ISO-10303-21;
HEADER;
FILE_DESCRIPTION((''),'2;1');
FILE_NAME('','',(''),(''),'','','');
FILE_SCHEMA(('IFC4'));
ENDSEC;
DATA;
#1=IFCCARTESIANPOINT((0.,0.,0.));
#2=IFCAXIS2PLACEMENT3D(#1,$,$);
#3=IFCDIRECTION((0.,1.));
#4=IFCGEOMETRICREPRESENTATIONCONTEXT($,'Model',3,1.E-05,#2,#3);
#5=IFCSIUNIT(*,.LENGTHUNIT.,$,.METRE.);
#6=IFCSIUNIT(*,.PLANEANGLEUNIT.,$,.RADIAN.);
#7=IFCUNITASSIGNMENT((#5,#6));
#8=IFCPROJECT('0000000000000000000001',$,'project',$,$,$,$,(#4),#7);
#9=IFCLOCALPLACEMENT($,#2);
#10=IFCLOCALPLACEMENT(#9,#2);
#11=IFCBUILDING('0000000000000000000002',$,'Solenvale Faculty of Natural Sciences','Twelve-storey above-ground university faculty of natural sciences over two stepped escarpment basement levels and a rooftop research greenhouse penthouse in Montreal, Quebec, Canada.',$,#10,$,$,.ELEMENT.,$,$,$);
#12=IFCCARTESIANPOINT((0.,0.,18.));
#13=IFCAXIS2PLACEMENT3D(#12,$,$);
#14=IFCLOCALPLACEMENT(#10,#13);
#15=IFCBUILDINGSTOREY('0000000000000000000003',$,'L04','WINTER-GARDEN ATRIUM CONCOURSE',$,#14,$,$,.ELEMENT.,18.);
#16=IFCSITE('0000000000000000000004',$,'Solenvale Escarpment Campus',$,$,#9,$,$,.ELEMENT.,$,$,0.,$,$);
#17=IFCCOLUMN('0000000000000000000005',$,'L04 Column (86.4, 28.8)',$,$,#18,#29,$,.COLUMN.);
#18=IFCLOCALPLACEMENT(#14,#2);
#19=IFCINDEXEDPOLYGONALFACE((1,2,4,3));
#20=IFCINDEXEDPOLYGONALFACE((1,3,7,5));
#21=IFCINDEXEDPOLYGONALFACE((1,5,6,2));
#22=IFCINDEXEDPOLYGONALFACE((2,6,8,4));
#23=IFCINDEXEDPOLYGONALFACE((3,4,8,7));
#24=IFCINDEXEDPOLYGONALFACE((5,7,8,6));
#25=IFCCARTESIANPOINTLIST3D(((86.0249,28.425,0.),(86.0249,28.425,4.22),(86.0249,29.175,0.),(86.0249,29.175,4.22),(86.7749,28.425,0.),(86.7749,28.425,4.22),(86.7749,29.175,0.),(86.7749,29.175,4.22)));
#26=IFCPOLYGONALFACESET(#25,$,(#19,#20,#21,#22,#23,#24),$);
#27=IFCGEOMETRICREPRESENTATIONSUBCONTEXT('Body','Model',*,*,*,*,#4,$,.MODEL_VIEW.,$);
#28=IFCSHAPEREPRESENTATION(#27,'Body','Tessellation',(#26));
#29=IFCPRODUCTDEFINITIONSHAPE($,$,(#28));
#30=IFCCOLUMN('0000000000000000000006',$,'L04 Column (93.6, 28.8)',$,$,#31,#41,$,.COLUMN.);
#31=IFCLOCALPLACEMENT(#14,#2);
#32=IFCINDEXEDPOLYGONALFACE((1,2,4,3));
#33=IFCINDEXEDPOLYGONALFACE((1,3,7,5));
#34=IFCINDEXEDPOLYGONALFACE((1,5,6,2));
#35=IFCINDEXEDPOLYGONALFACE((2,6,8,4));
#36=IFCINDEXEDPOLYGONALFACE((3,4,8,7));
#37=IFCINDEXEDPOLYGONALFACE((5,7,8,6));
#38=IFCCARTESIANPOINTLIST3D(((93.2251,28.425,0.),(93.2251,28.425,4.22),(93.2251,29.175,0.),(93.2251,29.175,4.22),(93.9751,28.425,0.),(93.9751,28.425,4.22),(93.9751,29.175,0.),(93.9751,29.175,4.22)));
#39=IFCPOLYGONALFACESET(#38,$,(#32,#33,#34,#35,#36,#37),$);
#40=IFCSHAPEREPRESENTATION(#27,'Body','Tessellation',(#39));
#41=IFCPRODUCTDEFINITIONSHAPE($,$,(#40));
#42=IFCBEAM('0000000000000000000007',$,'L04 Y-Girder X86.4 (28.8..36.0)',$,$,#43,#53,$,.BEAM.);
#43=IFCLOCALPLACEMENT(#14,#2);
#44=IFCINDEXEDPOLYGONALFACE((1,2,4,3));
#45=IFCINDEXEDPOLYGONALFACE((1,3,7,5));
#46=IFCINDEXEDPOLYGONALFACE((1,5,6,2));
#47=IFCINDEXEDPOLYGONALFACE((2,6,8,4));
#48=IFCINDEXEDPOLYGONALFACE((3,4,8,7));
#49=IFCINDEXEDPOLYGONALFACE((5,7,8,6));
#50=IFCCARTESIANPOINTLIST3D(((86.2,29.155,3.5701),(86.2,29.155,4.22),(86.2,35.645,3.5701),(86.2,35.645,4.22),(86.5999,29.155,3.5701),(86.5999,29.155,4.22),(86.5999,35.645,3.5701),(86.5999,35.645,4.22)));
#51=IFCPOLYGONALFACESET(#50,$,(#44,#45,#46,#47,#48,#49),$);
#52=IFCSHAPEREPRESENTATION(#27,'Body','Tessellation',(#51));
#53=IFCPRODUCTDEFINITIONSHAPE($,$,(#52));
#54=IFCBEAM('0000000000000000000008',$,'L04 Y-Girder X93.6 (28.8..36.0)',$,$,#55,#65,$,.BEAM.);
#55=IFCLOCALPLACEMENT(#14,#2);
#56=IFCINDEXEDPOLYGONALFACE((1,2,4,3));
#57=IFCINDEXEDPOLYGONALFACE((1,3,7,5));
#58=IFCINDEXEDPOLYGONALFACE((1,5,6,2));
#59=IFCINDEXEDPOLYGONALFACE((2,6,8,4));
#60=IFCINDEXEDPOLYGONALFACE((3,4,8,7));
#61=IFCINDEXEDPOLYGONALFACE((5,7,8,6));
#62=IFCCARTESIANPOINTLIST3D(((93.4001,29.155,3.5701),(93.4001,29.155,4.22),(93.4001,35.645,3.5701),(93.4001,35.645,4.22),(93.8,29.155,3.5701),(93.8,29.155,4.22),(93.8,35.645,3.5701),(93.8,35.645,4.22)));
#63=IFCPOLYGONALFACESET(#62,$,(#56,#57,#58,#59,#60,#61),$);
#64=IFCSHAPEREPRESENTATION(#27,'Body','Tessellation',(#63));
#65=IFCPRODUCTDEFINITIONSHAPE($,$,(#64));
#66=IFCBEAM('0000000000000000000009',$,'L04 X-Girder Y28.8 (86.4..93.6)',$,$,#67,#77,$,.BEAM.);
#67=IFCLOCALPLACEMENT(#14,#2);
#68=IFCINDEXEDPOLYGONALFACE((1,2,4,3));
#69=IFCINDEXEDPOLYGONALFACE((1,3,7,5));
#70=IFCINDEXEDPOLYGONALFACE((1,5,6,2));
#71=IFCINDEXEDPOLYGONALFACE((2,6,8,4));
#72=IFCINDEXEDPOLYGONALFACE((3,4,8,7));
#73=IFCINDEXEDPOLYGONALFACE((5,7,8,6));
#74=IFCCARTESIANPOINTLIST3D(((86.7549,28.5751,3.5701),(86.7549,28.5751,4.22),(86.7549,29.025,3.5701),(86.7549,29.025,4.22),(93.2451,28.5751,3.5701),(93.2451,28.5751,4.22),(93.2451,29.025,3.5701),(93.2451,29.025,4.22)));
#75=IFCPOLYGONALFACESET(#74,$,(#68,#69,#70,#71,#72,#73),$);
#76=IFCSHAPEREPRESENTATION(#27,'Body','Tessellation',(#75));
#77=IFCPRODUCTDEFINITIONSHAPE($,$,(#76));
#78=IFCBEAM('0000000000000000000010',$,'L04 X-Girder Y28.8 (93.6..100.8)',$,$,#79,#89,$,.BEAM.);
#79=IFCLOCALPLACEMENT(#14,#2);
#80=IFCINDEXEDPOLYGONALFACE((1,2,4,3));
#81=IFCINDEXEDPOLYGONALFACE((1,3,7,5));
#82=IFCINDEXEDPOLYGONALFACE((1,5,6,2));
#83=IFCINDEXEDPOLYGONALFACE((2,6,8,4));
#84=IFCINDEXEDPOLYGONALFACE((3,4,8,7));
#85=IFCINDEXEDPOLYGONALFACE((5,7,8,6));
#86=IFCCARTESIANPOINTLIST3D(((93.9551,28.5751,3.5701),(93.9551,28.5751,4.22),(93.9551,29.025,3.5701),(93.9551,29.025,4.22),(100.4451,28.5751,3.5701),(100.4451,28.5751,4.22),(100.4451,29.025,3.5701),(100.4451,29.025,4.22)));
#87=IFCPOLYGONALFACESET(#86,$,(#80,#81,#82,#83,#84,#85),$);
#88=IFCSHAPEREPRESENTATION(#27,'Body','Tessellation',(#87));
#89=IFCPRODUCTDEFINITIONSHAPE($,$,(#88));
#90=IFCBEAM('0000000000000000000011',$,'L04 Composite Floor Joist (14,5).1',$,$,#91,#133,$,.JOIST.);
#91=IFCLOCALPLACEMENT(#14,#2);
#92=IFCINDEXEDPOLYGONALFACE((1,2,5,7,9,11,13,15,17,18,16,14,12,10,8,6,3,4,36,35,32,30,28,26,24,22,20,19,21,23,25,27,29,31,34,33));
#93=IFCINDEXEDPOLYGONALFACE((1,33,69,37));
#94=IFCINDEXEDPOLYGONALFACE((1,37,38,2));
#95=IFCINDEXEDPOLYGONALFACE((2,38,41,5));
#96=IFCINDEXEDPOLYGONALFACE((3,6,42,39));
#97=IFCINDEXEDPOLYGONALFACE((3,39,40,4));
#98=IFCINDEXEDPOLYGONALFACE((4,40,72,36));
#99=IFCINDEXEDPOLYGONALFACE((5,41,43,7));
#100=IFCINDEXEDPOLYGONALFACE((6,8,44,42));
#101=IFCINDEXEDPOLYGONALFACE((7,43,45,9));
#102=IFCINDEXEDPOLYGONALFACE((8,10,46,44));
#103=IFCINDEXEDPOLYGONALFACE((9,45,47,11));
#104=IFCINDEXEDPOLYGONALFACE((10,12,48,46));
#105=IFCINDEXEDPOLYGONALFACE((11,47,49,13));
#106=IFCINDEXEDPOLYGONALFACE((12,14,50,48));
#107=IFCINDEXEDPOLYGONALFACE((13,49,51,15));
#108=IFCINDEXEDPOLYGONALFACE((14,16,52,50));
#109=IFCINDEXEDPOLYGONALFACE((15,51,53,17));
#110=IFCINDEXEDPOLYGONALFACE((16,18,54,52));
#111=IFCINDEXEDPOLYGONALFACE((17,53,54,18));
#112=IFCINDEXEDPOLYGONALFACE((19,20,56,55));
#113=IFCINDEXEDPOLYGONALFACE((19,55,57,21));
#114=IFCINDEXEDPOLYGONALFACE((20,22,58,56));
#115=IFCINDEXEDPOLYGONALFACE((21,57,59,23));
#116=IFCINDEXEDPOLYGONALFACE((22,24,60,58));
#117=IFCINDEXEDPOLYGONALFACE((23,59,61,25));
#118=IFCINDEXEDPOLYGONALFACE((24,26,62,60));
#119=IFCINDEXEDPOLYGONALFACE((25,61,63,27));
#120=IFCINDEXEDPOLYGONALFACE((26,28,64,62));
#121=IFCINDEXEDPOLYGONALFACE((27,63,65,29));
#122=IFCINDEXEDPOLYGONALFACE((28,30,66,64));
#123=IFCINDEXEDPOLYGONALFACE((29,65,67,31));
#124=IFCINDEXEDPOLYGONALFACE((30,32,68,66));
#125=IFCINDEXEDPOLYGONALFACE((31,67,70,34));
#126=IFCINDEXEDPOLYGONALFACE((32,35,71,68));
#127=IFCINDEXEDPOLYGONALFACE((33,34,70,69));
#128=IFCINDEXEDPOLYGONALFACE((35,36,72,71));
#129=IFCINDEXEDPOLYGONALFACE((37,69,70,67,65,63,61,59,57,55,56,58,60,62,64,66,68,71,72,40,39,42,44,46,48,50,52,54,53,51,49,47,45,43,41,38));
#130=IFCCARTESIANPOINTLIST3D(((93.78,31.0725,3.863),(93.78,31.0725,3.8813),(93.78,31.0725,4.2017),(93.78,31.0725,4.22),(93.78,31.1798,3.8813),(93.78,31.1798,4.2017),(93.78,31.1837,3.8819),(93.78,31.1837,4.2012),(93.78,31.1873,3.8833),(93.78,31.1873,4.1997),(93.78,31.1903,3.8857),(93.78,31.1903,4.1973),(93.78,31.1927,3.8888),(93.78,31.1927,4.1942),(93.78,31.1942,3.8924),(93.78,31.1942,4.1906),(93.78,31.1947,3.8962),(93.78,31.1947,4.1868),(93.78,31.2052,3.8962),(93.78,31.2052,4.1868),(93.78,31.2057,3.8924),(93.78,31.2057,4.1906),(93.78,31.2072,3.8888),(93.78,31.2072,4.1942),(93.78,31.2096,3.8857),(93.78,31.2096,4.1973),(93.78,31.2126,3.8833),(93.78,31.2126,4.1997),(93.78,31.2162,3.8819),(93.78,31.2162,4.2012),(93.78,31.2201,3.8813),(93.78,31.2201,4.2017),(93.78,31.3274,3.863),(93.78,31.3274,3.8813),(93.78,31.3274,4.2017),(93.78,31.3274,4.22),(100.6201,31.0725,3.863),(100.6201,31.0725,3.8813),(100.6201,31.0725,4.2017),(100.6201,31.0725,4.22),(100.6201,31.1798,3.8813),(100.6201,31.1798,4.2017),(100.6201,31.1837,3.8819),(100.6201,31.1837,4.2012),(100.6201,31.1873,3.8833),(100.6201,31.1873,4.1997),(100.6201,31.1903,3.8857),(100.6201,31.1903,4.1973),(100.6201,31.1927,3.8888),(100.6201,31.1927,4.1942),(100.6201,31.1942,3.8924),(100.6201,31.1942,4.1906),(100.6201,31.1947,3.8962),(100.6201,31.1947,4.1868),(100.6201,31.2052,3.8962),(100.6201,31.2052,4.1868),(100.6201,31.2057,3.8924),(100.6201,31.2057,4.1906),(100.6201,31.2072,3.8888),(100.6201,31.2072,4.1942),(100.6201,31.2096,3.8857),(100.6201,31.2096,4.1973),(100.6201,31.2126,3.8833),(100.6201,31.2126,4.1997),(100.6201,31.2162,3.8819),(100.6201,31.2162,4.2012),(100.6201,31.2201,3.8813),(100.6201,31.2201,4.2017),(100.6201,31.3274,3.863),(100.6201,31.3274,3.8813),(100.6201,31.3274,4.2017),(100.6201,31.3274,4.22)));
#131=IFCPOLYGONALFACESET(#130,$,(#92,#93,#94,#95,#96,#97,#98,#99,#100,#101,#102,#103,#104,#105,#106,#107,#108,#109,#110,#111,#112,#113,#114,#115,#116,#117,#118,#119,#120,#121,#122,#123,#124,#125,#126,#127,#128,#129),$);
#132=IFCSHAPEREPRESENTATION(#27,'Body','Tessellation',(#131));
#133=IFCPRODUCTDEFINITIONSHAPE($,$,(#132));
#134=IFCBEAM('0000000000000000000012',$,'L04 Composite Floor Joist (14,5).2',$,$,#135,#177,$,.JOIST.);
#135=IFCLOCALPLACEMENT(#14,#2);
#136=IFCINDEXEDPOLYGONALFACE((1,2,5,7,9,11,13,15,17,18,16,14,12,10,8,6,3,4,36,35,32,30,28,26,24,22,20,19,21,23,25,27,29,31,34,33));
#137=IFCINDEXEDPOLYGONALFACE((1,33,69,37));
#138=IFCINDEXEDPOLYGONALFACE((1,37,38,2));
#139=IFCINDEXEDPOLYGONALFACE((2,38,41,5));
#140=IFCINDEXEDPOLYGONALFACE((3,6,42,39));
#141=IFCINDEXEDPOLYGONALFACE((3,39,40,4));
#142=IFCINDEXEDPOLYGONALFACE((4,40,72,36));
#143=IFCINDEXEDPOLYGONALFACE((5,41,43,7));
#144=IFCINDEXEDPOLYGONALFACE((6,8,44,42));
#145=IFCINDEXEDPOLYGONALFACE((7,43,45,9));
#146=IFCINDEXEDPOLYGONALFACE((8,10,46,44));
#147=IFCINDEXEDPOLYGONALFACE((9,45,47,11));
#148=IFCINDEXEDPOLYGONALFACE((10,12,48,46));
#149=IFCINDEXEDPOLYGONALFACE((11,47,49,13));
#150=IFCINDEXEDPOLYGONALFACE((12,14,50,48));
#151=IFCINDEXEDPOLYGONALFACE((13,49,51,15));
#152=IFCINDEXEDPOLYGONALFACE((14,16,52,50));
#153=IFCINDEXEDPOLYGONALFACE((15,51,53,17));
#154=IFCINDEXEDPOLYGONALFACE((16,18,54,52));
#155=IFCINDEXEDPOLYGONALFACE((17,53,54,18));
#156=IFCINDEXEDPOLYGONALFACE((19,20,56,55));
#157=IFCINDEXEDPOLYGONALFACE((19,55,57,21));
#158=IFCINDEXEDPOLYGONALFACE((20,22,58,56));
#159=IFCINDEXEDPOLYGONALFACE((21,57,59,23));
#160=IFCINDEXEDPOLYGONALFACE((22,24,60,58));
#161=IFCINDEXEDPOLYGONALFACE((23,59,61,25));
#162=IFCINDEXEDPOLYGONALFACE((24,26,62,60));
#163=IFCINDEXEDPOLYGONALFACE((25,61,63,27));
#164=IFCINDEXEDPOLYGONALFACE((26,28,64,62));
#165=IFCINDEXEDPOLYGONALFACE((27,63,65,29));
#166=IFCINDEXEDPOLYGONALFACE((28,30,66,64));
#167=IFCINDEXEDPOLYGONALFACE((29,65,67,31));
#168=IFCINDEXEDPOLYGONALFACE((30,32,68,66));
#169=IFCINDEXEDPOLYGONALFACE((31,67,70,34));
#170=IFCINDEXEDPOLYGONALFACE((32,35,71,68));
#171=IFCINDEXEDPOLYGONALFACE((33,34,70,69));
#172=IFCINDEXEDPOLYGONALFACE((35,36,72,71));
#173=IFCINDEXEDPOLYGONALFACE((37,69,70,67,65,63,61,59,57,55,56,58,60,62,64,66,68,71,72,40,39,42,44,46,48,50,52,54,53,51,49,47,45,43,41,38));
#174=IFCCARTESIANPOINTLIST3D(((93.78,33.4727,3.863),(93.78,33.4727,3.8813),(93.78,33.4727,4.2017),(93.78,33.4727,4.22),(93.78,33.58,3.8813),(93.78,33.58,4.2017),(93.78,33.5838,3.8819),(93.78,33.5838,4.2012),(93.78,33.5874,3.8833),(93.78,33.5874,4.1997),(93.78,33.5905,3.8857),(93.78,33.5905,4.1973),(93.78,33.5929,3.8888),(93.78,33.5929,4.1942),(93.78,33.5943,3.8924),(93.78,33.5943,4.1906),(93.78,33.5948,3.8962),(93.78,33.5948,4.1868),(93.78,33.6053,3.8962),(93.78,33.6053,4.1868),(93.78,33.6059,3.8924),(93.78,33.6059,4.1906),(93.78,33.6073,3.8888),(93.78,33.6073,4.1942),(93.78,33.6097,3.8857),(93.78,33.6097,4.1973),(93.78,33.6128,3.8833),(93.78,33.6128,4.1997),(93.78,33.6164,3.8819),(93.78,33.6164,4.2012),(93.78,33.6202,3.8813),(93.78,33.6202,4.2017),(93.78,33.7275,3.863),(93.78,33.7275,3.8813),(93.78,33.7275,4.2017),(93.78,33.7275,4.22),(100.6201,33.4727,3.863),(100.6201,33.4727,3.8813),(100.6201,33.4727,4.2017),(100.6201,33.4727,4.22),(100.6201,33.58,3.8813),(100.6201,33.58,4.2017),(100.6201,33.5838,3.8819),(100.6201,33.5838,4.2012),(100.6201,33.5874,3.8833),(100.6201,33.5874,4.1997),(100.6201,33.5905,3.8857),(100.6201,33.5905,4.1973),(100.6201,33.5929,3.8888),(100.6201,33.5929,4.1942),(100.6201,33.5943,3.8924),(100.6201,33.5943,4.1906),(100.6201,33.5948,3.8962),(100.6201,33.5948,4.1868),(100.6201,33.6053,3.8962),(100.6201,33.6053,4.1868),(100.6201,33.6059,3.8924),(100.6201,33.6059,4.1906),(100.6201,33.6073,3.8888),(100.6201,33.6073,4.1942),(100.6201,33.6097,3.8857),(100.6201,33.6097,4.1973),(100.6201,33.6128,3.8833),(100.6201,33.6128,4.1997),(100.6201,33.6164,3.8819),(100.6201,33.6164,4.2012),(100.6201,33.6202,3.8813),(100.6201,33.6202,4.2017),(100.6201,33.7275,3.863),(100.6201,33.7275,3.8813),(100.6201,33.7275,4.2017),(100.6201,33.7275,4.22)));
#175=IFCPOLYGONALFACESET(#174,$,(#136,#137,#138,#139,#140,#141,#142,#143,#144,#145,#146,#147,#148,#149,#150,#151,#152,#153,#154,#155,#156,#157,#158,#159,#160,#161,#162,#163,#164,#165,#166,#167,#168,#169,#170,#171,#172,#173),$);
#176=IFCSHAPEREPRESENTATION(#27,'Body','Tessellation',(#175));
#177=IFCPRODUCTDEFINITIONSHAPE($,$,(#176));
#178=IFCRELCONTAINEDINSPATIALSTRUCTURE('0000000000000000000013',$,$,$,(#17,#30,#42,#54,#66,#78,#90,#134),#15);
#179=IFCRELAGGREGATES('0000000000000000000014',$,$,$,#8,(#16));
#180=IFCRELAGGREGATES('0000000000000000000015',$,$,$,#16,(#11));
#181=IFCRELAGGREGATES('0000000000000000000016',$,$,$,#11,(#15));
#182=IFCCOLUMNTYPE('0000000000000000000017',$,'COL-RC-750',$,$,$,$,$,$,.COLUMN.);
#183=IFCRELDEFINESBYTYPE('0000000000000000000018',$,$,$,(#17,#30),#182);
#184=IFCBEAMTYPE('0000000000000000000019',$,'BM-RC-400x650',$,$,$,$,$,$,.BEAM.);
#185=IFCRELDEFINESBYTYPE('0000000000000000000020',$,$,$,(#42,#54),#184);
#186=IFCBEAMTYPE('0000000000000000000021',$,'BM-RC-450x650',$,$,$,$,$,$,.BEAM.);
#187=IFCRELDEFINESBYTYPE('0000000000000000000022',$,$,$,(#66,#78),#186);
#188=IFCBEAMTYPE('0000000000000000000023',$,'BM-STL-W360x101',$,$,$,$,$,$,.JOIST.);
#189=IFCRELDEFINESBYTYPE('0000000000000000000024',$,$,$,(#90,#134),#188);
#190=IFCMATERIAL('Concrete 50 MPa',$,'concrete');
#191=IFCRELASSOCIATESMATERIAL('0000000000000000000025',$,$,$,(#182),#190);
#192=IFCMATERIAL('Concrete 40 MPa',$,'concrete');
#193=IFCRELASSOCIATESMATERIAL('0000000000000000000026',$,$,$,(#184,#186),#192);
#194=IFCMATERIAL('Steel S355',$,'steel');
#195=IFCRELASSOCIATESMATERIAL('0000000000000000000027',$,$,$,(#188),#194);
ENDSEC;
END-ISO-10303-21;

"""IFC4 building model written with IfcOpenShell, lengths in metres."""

from ifc_helpers import new_model, si_unit, direction, frame, origin, origin_2d, place, context, subcontext, project, spatial, rectangle, i_section, extrude, material, material_profile, profile_set, type_object, element, save


model = new_model("IFC4")

# Units and contexts
model_context = context("Model", 3, precision=1e-05, world=origin(), true_north=direction((0.0, 1.0)))
body_context = subcontext(model_context, "Body", "Model", "MODEL_VIEW")
ifc_project = project(units=[si_unit("LENGTHUNIT", "METRE"), si_unit("PLANEANGLEUNIT", "RADIAN")], contexts=[model_context])

# Site, building, storey
site_placement = place(None, origin())
site = spatial("IfcSite", under=ifc_project, at=site_placement, Name="Solenvale Escarpment Campus", CompositionType="ELEMENT", RefElevation=0.0)
building_placement = place(site_placement, origin())
building = spatial("IfcBuilding", under=site, at=building_placement, Name="Solenvale Faculty of Natural Sciences", Description="Twelve-storey above-ground university faculty of natural sciences over two stepped escarpment basement levels and a rooftop research greenhouse penthouse in Montreal, Quebec, Canada.", CompositionType="ELEMENT")
storey_placement = place(building_placement, frame((0.0, 0.0, 18.0)))
storey = spatial("IfcBuildingStorey", under=building, at=storey_placement, Name="L04", Description="WINTER-GARDEN ATRIUM CONCOURSE", CompositionType="ELEMENT", Elevation=18.0)

# Columns
ifc_material_1 = material(Name="Concrete 50 MPa", Category="concrete")
ifc_material_profile_1 = material_profile(ifc_material_1, rectangle(XDim=0.75, YDim=0.75, at=origin_2d()), Name="RC-COL-750x750")
ifc_profile_set_1 = profile_set([ifc_material_profile_1], Name="Concrete 50 MPa")
column_type = type_object("IfcColumnType", Name="COL-RC-750", PredefinedType="COLUMN", material=ifc_profile_set_1)
for number, where, z_axis, x_axis, name in (
    (1, (86.3999, 28.8, 0.0), (0.0, 0.0, 1.0), (1.0, 0.0, 0.0), "L04 Column (86.4, 28.8)"),
    (2, (93.6001, 28.8, 0.0), (0.0, 0.0, 1.0), (1.0, 0.0, 0.0), "L04 Column (93.6, 28.8)"),
):
    element("IfcColumn", number, at=place(storey_placement, frame(where, z_axis=z_axis, x_axis=x_axis)), inside=storey, type_object=column_type, Name=name, PredefinedType="COLUMN", context=body_context, shape_type="SweptSolid", body=[
        extrude(rectangle(XDim=0.75, YDim=0.75, at=origin_2d()), origin(), (0.0, 0.0, 1.0), 4.22),
    ])

# Beams
ifc_material_2 = material(Name="Concrete 40 MPa", Category="concrete")
ifc_material_profile_2 = material_profile(ifc_material_2, rectangle(XDim=0.3999, YDim=0.6499, at=origin_2d()), Name="RC-BM-400x650")
ifc_profile_set_2 = profile_set([ifc_material_profile_2], Name="Concrete 40 MPa")
beam_type_1 = type_object("IfcBeamType", Name="BM-RC-400x650", PredefinedType="BEAM", material=ifc_profile_set_2)
for number, where, z_axis, x_axis, name in (
    (3, (86.3999, 29.155, 3.895), (0.0, 1.0, 0.0), (-1.0, 0.0, 0.0), "L04 Y-Girder X86.4 (28.8..36.0)"),
    (4, (93.6001, 29.155, 3.895), (0.0, 1.0, 0.0), (-1.0, 0.0, 0.0), "L04 Y-Girder X93.6 (28.8..36.0)"),
):
    element("IfcBeam", number, at=place(storey_placement, frame(where, z_axis=z_axis, x_axis=x_axis)), inside=storey, type_object=beam_type_1, Name=name, PredefinedType="BEAM", context=body_context, shape_type="SweptSolid", body=[
        extrude(rectangle(XDim=0.3999, YDim=0.6499, at=origin_2d()), origin(), (0.0, 0.0, 1.0), 6.49),
    ])
ifc_material_profile_3 = material_profile(ifc_material_2, rectangle(XDim=0.45, YDim=0.6499, at=origin_2d()), Name="RC-BM-450x650")
ifc_profile_set_3 = profile_set([ifc_material_profile_3], Name="Concrete 40 MPa")
beam_type_2 = type_object("IfcBeamType", Name="BM-RC-450x650", PredefinedType="BEAM", material=ifc_profile_set_3)
beam_1_placement = place(storey_placement, frame((86.7549, 28.8, 3.895), z_axis=(1.0, 0.0, 0.0), x_axis=(0.0, 1.0, 0.0)))
element("IfcBeam", 5, at=beam_1_placement, inside=storey, type_object=beam_type_2, Name="L04 X-Girder Y28.8 (86.4..93.6)", PredefinedType="BEAM", context=body_context, shape_type="SweptSolid", body=[
    extrude(rectangle(XDim=0.45, YDim=0.6499, at=origin_2d()), origin(), (0.0, 0.0, 1.0), 6.4902),
])
beam_2_placement = place(storey_placement, frame((93.9551, 28.8, 3.895), z_axis=(1.0, 0.0, 0.0), x_axis=(0.0, 1.0, 0.0)))
element("IfcBeam", 6, at=beam_2_placement, inside=storey, type_object=beam_type_2, Name="L04 X-Girder Y28.8 (93.6..100.8)", PredefinedType="BEAM", context=body_context, shape_type="SweptSolid", body=[
    extrude(rectangle(XDim=0.45, YDim=0.6499, at=origin_2d()), origin(), (0.0, 0.0, 1.0), 6.49),
])
ifc_material_3 = material(Name="Steel S355", Category="steel")
ifc_material_profile_4 = material_profile(ifc_material_3, i_section(OverallWidth=0.2549, OverallDepth=0.3569, WebThickness=0.0105, FlangeThickness=0.0183, FilletRadius=0.0149, at=origin_2d()), Name="W360x101")
ifc_profile_set_4 = profile_set([ifc_material_profile_4], Name="Steel S355")
beam_type_3 = type_object("IfcBeamType", Name="BM-STL-W360x101", PredefinedType="JOIST", material=ifc_profile_set_4)
for number, where, z_axis, x_axis, name in (
    (7, (93.78, 31.2, 4.0415), (1.0, 0.0, 0.0), (0.0, 1.0, 0.0), "L04 Composite Floor Joist (14,5).1"),
    (8, (93.78, 33.6001, 4.0415), (1.0, 0.0, 0.0), (0.0, 1.0, 0.0), "L04 Composite Floor Joist (14,5).2"),
):
    element("IfcBeam", number, at=place(storey_placement, frame(where, z_axis=z_axis, x_axis=x_axis)), inside=storey, type_object=beam_type_3, Name=name, PredefinedType="JOIST", context=body_context, shape_type="SweptSolid", body=[
        extrude(i_section(OverallWidth=0.2549, OverallDepth=0.3569, WebThickness=0.0105, FlangeThickness=0.0183, FilletRadius=0.0149, at=origin_2d()), origin(), (0.0, 0.0, 1.0), 6.8401),
    ])

save(model, "model.ifc")
